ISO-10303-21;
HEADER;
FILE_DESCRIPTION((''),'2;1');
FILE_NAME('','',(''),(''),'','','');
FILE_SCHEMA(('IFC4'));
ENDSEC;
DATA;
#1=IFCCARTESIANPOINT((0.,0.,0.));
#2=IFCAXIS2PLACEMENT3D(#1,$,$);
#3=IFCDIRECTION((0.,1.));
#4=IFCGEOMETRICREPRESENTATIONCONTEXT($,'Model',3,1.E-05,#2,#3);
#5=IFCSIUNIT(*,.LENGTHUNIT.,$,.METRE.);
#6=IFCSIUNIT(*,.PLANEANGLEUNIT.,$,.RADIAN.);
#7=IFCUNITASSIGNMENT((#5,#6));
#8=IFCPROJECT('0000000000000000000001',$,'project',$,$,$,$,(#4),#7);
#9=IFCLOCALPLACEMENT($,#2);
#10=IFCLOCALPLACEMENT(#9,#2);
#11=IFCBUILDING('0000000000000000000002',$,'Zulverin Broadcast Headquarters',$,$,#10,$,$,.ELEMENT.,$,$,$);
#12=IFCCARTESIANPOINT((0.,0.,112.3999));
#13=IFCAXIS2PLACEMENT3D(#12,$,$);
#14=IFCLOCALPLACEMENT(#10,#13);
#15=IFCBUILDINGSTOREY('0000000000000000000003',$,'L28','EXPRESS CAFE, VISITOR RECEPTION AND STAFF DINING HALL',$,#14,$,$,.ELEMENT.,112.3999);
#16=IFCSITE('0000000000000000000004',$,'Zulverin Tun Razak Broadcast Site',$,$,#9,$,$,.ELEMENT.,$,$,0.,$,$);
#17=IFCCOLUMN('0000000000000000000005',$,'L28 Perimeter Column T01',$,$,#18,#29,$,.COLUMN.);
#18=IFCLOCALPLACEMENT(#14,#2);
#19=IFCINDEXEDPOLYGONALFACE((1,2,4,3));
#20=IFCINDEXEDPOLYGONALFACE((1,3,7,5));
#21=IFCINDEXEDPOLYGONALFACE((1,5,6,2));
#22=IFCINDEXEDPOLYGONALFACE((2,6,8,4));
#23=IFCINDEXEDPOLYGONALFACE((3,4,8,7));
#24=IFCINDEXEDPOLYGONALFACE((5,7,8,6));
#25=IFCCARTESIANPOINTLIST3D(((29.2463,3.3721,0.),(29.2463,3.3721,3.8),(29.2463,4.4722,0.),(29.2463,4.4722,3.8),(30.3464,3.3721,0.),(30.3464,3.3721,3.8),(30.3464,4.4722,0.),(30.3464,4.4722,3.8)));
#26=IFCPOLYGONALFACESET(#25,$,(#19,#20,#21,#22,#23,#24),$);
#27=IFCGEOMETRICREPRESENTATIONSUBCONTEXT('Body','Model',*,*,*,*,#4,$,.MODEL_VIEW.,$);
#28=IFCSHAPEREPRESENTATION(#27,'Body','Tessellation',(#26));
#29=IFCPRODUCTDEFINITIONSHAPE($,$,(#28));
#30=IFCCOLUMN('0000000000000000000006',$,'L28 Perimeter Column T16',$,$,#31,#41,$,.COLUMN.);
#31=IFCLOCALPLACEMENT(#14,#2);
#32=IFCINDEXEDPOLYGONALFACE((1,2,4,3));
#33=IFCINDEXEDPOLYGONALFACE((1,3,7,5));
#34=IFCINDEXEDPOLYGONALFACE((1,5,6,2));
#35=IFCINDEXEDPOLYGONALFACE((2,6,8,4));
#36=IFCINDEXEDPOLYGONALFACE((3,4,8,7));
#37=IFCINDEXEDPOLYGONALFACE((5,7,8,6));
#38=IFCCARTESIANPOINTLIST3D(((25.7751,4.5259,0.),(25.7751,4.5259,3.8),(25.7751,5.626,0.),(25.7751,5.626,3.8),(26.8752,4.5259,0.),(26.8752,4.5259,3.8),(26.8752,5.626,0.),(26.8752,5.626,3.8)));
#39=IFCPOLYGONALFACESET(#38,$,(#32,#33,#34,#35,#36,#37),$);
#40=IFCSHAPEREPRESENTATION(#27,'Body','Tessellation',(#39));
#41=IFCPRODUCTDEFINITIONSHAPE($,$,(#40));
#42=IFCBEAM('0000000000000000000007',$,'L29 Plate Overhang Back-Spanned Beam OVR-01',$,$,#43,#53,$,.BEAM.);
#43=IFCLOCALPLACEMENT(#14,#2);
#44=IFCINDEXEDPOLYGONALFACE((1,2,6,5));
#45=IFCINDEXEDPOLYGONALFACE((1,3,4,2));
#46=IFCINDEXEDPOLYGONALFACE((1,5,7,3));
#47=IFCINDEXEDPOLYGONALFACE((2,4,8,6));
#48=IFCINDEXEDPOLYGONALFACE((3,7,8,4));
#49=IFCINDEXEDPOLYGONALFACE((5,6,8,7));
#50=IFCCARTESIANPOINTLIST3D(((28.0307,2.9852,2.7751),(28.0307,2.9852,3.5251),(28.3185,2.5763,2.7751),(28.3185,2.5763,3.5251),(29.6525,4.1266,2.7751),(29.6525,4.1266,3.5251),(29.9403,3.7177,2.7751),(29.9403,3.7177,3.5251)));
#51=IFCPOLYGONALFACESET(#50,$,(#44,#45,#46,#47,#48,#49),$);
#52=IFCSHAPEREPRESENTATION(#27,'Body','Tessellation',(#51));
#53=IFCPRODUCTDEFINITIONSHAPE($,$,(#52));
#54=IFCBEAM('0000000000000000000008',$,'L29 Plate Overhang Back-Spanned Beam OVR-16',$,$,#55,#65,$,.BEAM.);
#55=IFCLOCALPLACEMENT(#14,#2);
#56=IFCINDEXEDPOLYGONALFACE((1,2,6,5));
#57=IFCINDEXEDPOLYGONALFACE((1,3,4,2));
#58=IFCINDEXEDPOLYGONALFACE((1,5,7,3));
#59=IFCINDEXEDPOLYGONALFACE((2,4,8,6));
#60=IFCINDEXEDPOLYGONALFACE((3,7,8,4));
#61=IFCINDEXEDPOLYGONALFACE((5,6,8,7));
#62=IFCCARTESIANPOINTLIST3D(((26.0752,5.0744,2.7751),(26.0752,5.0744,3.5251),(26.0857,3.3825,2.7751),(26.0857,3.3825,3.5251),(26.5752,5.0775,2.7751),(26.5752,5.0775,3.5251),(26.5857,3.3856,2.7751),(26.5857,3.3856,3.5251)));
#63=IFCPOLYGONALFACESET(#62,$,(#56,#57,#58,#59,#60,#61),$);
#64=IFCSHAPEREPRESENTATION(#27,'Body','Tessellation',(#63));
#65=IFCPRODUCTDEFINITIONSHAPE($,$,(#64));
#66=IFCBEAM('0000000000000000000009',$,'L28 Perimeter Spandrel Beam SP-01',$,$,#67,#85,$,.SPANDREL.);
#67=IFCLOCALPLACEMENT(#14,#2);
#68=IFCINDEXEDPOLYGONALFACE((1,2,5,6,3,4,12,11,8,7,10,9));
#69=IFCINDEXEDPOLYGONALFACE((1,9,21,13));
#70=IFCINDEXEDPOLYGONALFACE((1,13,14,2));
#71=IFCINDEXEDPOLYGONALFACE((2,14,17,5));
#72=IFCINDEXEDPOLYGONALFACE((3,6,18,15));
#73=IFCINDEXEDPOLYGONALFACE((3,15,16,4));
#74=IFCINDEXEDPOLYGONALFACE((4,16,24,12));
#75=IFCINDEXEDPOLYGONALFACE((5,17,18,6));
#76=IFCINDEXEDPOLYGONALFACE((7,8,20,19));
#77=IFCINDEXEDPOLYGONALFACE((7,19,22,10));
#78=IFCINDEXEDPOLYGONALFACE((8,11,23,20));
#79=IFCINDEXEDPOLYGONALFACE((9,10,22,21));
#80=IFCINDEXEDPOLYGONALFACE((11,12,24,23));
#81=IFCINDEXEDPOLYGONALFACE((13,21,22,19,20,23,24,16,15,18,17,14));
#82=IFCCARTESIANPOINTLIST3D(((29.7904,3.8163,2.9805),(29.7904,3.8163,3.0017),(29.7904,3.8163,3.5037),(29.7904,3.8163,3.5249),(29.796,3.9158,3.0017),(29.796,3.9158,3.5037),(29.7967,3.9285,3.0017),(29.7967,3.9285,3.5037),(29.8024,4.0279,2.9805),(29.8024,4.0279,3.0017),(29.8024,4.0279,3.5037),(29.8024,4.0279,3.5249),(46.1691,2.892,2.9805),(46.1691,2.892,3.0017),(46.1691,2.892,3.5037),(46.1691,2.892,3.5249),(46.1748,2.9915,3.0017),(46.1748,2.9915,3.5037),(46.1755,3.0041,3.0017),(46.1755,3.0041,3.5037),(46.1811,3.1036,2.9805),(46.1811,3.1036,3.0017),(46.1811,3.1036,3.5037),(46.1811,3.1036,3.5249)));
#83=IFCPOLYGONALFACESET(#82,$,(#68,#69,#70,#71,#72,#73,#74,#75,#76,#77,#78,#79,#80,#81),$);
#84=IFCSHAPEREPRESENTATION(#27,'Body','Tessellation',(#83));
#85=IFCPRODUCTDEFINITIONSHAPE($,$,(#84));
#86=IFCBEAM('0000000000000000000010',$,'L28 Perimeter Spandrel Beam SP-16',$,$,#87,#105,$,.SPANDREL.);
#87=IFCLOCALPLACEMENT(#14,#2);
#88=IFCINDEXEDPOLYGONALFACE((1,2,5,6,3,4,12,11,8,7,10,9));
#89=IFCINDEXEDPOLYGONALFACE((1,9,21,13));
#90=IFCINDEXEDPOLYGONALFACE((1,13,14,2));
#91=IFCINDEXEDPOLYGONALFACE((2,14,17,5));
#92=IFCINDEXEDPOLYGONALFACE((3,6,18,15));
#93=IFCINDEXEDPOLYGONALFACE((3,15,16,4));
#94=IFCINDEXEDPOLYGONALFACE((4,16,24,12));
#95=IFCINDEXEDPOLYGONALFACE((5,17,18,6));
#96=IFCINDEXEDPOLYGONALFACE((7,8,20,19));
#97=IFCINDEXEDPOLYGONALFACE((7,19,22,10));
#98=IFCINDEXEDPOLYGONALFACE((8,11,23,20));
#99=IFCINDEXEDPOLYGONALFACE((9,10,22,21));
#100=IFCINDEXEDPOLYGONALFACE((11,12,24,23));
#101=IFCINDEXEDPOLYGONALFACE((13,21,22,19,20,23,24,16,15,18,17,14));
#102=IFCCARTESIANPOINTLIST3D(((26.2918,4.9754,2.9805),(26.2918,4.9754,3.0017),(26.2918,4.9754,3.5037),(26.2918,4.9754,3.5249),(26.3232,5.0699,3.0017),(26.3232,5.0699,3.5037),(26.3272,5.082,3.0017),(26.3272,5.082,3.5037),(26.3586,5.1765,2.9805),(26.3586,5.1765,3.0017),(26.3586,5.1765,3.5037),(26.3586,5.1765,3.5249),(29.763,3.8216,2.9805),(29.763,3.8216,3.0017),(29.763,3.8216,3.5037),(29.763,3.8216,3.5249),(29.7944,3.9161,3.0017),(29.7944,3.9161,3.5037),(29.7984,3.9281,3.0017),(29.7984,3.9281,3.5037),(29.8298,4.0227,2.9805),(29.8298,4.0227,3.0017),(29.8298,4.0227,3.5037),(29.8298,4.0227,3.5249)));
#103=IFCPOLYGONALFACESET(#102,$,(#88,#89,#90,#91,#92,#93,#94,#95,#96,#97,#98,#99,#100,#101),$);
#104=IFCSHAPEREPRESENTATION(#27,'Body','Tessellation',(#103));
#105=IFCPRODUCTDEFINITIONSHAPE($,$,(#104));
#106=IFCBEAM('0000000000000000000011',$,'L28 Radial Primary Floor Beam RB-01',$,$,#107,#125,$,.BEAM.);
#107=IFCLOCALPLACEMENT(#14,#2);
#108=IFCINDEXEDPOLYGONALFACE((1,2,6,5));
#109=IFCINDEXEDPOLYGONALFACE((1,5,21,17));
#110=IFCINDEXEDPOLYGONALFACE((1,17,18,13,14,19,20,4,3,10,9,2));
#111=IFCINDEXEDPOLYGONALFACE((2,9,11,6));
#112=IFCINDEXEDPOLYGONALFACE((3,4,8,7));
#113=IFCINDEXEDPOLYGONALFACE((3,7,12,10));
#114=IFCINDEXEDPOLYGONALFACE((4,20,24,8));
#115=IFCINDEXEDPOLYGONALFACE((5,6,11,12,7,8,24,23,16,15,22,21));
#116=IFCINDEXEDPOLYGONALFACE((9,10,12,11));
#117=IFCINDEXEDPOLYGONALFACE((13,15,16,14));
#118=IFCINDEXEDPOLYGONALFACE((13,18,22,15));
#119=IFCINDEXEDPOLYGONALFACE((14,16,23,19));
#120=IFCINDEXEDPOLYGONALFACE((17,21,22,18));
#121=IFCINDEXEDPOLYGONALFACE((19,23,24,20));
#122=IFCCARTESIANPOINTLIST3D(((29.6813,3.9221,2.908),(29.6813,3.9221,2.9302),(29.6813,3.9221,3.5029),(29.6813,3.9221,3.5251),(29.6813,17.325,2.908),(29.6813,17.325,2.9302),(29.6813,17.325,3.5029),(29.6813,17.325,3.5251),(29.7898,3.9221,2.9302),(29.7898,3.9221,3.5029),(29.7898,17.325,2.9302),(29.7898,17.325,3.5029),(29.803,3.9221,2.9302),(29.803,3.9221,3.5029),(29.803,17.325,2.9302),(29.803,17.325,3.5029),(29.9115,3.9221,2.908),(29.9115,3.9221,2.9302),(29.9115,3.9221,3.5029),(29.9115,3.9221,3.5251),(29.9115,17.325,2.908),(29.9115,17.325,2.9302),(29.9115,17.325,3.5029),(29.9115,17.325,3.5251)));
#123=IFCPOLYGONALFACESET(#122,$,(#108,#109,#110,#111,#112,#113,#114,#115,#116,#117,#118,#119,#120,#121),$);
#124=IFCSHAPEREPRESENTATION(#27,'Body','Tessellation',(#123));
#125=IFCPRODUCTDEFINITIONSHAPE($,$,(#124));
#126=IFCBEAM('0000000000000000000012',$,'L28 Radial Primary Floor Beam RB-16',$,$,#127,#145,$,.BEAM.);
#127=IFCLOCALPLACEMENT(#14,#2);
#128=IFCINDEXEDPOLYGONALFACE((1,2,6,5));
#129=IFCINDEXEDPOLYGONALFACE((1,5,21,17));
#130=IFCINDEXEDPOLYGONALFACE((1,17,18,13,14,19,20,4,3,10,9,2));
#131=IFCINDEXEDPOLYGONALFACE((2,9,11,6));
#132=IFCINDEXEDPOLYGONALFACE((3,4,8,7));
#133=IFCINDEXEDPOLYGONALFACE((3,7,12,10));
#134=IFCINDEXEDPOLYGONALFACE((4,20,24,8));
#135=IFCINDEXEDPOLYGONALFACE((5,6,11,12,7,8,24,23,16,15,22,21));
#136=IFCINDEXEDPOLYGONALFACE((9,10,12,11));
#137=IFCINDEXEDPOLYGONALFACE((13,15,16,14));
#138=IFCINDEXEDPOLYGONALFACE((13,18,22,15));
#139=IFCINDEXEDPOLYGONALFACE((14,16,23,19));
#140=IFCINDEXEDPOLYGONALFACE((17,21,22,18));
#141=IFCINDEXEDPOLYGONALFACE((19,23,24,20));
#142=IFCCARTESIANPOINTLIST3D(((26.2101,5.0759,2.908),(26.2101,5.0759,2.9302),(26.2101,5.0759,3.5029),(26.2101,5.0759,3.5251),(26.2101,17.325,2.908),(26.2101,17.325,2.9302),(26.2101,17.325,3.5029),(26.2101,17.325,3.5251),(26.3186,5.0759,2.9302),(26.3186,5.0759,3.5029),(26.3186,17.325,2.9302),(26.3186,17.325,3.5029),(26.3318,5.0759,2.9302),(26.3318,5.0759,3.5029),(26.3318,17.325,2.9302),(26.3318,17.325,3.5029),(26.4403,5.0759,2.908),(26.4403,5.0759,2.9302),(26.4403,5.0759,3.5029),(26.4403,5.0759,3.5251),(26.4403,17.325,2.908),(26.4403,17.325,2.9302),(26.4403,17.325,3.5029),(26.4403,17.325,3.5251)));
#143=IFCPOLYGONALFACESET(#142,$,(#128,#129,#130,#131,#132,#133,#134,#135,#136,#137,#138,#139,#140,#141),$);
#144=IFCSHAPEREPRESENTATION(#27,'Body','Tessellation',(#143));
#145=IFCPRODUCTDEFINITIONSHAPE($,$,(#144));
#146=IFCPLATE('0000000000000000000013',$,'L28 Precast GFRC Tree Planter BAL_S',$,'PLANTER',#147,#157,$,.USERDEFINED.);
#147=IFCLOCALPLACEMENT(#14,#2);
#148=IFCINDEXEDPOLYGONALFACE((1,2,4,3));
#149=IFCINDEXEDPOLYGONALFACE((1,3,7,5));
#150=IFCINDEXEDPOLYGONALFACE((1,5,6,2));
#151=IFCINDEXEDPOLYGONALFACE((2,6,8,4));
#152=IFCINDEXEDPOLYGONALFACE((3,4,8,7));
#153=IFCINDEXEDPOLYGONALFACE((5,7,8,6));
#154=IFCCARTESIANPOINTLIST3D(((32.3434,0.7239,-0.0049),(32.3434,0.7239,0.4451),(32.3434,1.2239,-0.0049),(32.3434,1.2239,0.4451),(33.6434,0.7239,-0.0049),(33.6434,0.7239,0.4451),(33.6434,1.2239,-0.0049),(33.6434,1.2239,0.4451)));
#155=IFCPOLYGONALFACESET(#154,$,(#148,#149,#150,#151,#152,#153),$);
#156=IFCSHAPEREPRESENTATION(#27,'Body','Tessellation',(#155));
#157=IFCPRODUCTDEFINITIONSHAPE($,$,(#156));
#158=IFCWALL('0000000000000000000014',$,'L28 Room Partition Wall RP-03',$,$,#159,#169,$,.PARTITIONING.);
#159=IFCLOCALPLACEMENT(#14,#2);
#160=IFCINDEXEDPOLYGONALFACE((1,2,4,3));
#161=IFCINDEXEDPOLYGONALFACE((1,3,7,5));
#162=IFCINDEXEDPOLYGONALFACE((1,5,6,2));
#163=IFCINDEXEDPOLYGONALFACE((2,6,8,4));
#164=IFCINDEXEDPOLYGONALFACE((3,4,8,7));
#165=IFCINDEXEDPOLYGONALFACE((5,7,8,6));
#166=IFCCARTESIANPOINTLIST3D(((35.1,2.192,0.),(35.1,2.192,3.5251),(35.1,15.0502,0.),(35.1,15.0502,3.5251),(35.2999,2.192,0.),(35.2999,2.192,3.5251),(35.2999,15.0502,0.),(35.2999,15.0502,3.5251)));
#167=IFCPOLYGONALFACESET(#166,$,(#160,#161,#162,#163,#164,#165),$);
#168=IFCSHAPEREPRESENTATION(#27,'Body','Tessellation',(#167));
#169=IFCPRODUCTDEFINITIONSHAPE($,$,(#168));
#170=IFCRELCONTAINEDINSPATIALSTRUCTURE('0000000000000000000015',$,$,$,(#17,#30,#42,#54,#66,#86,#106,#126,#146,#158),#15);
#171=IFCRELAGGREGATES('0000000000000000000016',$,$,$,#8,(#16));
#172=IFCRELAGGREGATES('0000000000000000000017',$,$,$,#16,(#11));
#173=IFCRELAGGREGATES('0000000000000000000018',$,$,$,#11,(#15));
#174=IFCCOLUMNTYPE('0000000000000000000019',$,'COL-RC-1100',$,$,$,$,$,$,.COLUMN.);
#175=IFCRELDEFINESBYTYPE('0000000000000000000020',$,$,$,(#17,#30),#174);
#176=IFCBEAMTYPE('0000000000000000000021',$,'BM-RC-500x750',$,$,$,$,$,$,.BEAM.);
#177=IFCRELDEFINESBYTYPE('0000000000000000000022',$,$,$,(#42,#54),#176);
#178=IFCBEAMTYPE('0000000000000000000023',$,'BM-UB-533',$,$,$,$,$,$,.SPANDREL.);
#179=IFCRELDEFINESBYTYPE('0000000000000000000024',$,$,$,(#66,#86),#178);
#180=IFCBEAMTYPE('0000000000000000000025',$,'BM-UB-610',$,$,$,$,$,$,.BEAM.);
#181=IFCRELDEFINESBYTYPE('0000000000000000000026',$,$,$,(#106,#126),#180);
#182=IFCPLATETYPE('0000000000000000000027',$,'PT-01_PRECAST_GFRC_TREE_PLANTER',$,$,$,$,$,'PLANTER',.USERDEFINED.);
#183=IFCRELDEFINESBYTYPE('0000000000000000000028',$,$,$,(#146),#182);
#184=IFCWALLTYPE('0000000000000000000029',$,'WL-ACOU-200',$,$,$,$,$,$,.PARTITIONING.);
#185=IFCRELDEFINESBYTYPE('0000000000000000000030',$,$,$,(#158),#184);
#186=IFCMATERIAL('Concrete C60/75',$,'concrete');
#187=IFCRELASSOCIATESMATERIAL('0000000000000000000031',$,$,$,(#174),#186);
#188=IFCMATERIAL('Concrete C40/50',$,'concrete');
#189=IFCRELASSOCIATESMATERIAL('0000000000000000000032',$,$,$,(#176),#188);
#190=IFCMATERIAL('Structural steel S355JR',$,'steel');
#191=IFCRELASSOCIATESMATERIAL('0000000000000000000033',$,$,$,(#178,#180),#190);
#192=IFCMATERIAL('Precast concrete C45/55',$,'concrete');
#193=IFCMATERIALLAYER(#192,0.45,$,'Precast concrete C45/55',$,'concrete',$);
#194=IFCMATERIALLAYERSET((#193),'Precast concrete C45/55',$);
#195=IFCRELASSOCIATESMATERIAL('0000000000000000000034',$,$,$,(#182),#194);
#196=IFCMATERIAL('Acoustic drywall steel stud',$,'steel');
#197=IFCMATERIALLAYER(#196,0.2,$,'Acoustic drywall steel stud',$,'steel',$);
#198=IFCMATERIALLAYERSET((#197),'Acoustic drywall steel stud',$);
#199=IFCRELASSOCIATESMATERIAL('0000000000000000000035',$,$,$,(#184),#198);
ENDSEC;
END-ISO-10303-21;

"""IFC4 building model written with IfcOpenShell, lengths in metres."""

from ifc_helpers import new_model, si_unit, direction, frame, frame_2d, origin, origin_2d, place, context, subcontext, project, spatial, rectangle, i_section, extrude, material, layer, layer_set, material_profile, profile_set, type_object, element, save


model = new_model("IFC4")

# Units and contexts
model_context = context("Model", 3, precision=1e-05, world=origin(), true_north=direction((0.0, 1.0)))
body_context = subcontext(model_context, "Body", "Model", "MODEL_VIEW")
ifc_project = project(units=[si_unit("LENGTHUNIT", "METRE"), si_unit("PLANEANGLEUNIT", "RADIAN")], contexts=[model_context])

# Site, building, storey
site_placement = place(None, origin())
site = spatial("IfcSite", under=ifc_project, at=site_placement, Name="Zulverin Tun Razak Broadcast Site", CompositionType="ELEMENT", RefElevation=0.0)
building_placement = place(site_placement, origin())
building = spatial("IfcBuilding", under=site, at=building_placement, Name="Zulverin Broadcast Headquarters", CompositionType="ELEMENT")
storey_placement = place(building_placement, frame((0.0, 0.0, 112.3999)))
storey = spatial("IfcBuildingStorey", under=building, at=storey_placement, Name="L28", Description="EXPRESS CAFE, VISITOR RECEPTION AND STAFF DINING HALL", CompositionType="ELEMENT", Elevation=112.3999)

# Columns
ifc_material_1 = material(Name="Concrete C60/75", Category="concrete")
ifc_material_profile_1 = material_profile(ifc_material_1, rectangle(XDim=1.1001, YDim=1.1001, at=origin_2d()), Name="Concrete C60/75", Category="concrete")
ifc_profile_set_1 = profile_set([ifc_material_profile_1], Name="Concrete C60/75")
column_type = type_object("IfcColumnType", Name="COL-RC-1100", PredefinedType="COLUMN", material=ifc_profile_set_1)
for number, where, z_axis, x_axis, name in (
    (1, (29.7964, 3.9221, 0.0), (0.0, 0.0, 1.0), (1.0, 0.0, 0.0), "L28 Perimeter Column T01"),
    (2, (26.3252, 5.0759, 0.0), (0.0, 0.0, 1.0), (1.0, 0.0, 0.0), "L28 Perimeter Column T16"),
):
    element("IfcColumn", number, at=place(storey_placement, frame(where, z_axis=z_axis, x_axis=x_axis)), inside=storey, type_object=column_type, Name=name, PredefinedType="COLUMN", context=body_context, shape_type="SweptSolid", body=[
        extrude(rectangle(XDim=1.1001, YDim=1.1001, at=origin_2d()), origin(), (0.0, 0.0, 1.0), 3.8),
    ])

# Beams
ifc_material_2 = material(Name="Concrete C40/50", Category="concrete")
ifc_material_profile_2 = material_profile(ifc_material_2, rectangle(XDim=0.5, YDim=0.75, at=origin_2d()), Name="Concrete C40/50", Category="concrete")
ifc_profile_set_2 = profile_set([ifc_material_profile_2], Name="Concrete C40/50")
beam_type_1 = type_object("IfcBeamType", Name="BM-RC-500x750", PredefinedType="BEAM", material=ifc_profile_set_2)
beam_1_placement = place(storey_placement, frame((29.7964, 3.9221, 3.1501), z_axis=(-0.817789, -0.575518, 0.0), x_axis=(0.575518, -0.817789, 0.0)))
element("IfcBeam", 3, at=beam_1_placement, inside=storey, type_object=beam_type_1, Name="L29 Plate Overhang Back-Spanned Beam OVR-01", PredefinedType="BEAM", context=body_context, shape_type="SweptSolid", body=[
    extrude(rectangle(XDim=0.5, YDim=0.75, at=origin_2d()), origin(), (0.0, 0.0, 1.0), 1.9832),
])
beam_2_placement = place(storey_placement, frame((26.3252, 5.0759, 3.1501), z_axis=(0.006205, -0.999981, 0.0), x_axis=(0.999981, 0.006205, 0.0)))
element("IfcBeam", 4, at=beam_2_placement, inside=storey, type_object=beam_type_1, Name="L29 Plate Overhang Back-Spanned Beam OVR-16", PredefinedType="BEAM", context=body_context, shape_type="SweptSolid", body=[
    extrude(rectangle(XDim=0.5, YDim=0.75, at=origin_2d()), origin(), (0.0, 0.0, 1.0), 1.6919),
])
ifc_material_3 = material(Name="Structural steel S355JR", Category="steel")
ifc_material_profile_3 = material_profile(ifc_material_3, i_section(OverallWidth=0.2119, OverallDepth=0.5444, WebThickness=0.0127, FlangeThickness=0.0212, at=origin_2d()), Name="Structural steel S355JR", Category="steel")
ifc_profile_set_3 = profile_set([ifc_material_profile_3], Name="Structural steel S355JR")
beam_type_2 = type_object("IfcBeamType", Name="BM-UB-533", PredefinedType="SPANDREL", material=ifc_profile_set_3)
beam_3_placement = place(storey_placement, frame((29.7964, 3.9221, 3.2527), z_axis=(0.998411, -0.056345, 0.0), x_axis=(0.056345, 0.998411, 0.0)))
element("IfcBeam", 5, at=beam_3_placement, inside=storey, type_object=beam_type_2, Name="L28 Perimeter Spandrel Beam SP-01", PredefinedType="SPANDREL", context=body_context, shape_type="SweptSolid", body=[
    extrude(i_section(OverallWidth=0.2119, OverallDepth=0.5444, WebThickness=0.0127, FlangeThickness=0.0212, at=origin_2d()), origin(), (0.0, 0.0, 1.0), 16.4048),
])
beam_4_placement = place(storey_placement, frame((26.3252, 5.0759, 3.2527), z_axis=(0.94895, -0.315427, 0.0), x_axis=(0.315427, 0.94895, 0.0)))
element("IfcBeam", 6, at=beam_4_placement, inside=storey, type_object=beam_type_2, Name="L28 Perimeter Spandrel Beam SP-16", PredefinedType="SPANDREL", context=body_context, shape_type="SweptSolid", body=[
    extrude(i_section(OverallWidth=0.2119, OverallDepth=0.5444, WebThickness=0.0127, FlangeThickness=0.0212, at=origin_2d()), origin(), (0.0, 0.0, 1.0), 3.658),
])
ifc_material_profile_4 = material_profile(ifc_material_3, i_section(OverallWidth=0.2302, OverallDepth=0.6172, WebThickness=0.0132, FlangeThickness=0.0222, at=origin_2d()), Name="Structural steel S355JR", Category="steel")
ifc_profile_set_4 = profile_set([ifc_material_profile_4], Name="Structural steel S355JR")
beam_type_3 = type_object("IfcBeamType", Name="BM-UB-610", PredefinedType="BEAM", material=ifc_profile_set_4)
beam_5_placement = place(storey_placement, frame((29.7964, 17.325, 3.2166), z_axis=(0.0, -1.0, 0.0), x_axis=(1.0, 0.0, 0.0)))
element("IfcBeam", 7, at=beam_5_placement, inside=storey, type_object=beam_type_3, Name="L28 Radial Primary Floor Beam RB-01", PredefinedType="BEAM", context=body_context, shape_type="SweptSolid", body=[
    extrude(i_section(OverallWidth=0.2302, OverallDepth=0.6172, WebThickness=0.0132, FlangeThickness=0.0222, at=origin_2d()), origin(), (0.0, 0.0, 1.0), 13.4028),
])
beam_6_placement = place(storey_placement, frame((26.3252, 17.325, 3.2166), z_axis=(0.0, -1.0, 0.0), x_axis=(1.0, 0.0, 0.0)))
element("IfcBeam", 8, at=beam_6_placement, inside=storey, type_object=beam_type_3, Name="L28 Radial Primary Floor Beam RB-16", PredefinedType="BEAM", context=body_context, shape_type="SweptSolid", body=[
    extrude(i_section(OverallWidth=0.2302, OverallDepth=0.6172, WebThickness=0.0132, FlangeThickness=0.0222, at=origin_2d()), origin(), (0.0, 0.0, 1.0), 12.249),
])

# Plate
ifc_material_4 = material(Name="Precast concrete C45/55", Category="concrete")
ifc_layer_1 = layer(ifc_material_4, 0.45, Name="Precast concrete C45/55", Category="concrete")
ifc_layer_set_1 = layer_set([ifc_layer_1], Name="Precast concrete C45/55")
plate_type = type_object("IfcPlateType", Name="PT-01_PRECAST_GFRC_TREE_PLANTER", ElementType="PLANTER", PredefinedType="USERDEFINED", material=ifc_layer_set_1)
plate_placement = place(storey_placement, frame((32.9934, 0.9739, -0.0049), z_axis=(0.0, 0.0, 1.0), x_axis=(1.0, 0.0, 0.0)))
element("IfcPlate", 9, at=plate_placement, inside=storey, type_object=plate_type, Name="L28 Precast GFRC Tree Planter BAL_S", ObjectType="PLANTER", PredefinedType="USERDEFINED", context=body_context, shape_type="SweptSolid", body=[
    extrude(rectangle(XDim=1.3, YDim=0.5, at=origin_2d()), origin(), (0.0, 0.0, 1.0), 0.45),
])

# Wall
ifc_material_5 = material(Name="Acoustic drywall steel stud", Category="steel")
ifc_layer_2 = layer(ifc_material_5, 0.2, Name="Acoustic drywall steel stud", Category="steel")
ifc_layer_set_2 = layer_set([ifc_layer_2], Name="Acoustic drywall steel stud")
wall_type_1 = type_object("IfcWallType", Name="WL-ACOU-200", PredefinedType="PARTITIONING", material=ifc_layer_set_2)
wall_1_placement = place(storey_placement, frame((35.2, 2.1919, 0.0), z_axis=(0.0, 0.0, 1.0), x_axis=(0.0, 1.0, 0.0)))
element("IfcWall", 10, at=wall_1_placement, inside=storey, type_object=wall_type_1, Name="L28 Room Partition Wall RP-03", PredefinedType="PARTITIONING", context=body_context, shape_type="SweptSolid", body=[
    extrude(rectangle(XDim=12.8582, YDim=0.2, at=frame_2d((6.4292, 0.0))), origin(), (0.0, 0.0, 1.0), 3.5251),
])

save(model, "model.ifc")
